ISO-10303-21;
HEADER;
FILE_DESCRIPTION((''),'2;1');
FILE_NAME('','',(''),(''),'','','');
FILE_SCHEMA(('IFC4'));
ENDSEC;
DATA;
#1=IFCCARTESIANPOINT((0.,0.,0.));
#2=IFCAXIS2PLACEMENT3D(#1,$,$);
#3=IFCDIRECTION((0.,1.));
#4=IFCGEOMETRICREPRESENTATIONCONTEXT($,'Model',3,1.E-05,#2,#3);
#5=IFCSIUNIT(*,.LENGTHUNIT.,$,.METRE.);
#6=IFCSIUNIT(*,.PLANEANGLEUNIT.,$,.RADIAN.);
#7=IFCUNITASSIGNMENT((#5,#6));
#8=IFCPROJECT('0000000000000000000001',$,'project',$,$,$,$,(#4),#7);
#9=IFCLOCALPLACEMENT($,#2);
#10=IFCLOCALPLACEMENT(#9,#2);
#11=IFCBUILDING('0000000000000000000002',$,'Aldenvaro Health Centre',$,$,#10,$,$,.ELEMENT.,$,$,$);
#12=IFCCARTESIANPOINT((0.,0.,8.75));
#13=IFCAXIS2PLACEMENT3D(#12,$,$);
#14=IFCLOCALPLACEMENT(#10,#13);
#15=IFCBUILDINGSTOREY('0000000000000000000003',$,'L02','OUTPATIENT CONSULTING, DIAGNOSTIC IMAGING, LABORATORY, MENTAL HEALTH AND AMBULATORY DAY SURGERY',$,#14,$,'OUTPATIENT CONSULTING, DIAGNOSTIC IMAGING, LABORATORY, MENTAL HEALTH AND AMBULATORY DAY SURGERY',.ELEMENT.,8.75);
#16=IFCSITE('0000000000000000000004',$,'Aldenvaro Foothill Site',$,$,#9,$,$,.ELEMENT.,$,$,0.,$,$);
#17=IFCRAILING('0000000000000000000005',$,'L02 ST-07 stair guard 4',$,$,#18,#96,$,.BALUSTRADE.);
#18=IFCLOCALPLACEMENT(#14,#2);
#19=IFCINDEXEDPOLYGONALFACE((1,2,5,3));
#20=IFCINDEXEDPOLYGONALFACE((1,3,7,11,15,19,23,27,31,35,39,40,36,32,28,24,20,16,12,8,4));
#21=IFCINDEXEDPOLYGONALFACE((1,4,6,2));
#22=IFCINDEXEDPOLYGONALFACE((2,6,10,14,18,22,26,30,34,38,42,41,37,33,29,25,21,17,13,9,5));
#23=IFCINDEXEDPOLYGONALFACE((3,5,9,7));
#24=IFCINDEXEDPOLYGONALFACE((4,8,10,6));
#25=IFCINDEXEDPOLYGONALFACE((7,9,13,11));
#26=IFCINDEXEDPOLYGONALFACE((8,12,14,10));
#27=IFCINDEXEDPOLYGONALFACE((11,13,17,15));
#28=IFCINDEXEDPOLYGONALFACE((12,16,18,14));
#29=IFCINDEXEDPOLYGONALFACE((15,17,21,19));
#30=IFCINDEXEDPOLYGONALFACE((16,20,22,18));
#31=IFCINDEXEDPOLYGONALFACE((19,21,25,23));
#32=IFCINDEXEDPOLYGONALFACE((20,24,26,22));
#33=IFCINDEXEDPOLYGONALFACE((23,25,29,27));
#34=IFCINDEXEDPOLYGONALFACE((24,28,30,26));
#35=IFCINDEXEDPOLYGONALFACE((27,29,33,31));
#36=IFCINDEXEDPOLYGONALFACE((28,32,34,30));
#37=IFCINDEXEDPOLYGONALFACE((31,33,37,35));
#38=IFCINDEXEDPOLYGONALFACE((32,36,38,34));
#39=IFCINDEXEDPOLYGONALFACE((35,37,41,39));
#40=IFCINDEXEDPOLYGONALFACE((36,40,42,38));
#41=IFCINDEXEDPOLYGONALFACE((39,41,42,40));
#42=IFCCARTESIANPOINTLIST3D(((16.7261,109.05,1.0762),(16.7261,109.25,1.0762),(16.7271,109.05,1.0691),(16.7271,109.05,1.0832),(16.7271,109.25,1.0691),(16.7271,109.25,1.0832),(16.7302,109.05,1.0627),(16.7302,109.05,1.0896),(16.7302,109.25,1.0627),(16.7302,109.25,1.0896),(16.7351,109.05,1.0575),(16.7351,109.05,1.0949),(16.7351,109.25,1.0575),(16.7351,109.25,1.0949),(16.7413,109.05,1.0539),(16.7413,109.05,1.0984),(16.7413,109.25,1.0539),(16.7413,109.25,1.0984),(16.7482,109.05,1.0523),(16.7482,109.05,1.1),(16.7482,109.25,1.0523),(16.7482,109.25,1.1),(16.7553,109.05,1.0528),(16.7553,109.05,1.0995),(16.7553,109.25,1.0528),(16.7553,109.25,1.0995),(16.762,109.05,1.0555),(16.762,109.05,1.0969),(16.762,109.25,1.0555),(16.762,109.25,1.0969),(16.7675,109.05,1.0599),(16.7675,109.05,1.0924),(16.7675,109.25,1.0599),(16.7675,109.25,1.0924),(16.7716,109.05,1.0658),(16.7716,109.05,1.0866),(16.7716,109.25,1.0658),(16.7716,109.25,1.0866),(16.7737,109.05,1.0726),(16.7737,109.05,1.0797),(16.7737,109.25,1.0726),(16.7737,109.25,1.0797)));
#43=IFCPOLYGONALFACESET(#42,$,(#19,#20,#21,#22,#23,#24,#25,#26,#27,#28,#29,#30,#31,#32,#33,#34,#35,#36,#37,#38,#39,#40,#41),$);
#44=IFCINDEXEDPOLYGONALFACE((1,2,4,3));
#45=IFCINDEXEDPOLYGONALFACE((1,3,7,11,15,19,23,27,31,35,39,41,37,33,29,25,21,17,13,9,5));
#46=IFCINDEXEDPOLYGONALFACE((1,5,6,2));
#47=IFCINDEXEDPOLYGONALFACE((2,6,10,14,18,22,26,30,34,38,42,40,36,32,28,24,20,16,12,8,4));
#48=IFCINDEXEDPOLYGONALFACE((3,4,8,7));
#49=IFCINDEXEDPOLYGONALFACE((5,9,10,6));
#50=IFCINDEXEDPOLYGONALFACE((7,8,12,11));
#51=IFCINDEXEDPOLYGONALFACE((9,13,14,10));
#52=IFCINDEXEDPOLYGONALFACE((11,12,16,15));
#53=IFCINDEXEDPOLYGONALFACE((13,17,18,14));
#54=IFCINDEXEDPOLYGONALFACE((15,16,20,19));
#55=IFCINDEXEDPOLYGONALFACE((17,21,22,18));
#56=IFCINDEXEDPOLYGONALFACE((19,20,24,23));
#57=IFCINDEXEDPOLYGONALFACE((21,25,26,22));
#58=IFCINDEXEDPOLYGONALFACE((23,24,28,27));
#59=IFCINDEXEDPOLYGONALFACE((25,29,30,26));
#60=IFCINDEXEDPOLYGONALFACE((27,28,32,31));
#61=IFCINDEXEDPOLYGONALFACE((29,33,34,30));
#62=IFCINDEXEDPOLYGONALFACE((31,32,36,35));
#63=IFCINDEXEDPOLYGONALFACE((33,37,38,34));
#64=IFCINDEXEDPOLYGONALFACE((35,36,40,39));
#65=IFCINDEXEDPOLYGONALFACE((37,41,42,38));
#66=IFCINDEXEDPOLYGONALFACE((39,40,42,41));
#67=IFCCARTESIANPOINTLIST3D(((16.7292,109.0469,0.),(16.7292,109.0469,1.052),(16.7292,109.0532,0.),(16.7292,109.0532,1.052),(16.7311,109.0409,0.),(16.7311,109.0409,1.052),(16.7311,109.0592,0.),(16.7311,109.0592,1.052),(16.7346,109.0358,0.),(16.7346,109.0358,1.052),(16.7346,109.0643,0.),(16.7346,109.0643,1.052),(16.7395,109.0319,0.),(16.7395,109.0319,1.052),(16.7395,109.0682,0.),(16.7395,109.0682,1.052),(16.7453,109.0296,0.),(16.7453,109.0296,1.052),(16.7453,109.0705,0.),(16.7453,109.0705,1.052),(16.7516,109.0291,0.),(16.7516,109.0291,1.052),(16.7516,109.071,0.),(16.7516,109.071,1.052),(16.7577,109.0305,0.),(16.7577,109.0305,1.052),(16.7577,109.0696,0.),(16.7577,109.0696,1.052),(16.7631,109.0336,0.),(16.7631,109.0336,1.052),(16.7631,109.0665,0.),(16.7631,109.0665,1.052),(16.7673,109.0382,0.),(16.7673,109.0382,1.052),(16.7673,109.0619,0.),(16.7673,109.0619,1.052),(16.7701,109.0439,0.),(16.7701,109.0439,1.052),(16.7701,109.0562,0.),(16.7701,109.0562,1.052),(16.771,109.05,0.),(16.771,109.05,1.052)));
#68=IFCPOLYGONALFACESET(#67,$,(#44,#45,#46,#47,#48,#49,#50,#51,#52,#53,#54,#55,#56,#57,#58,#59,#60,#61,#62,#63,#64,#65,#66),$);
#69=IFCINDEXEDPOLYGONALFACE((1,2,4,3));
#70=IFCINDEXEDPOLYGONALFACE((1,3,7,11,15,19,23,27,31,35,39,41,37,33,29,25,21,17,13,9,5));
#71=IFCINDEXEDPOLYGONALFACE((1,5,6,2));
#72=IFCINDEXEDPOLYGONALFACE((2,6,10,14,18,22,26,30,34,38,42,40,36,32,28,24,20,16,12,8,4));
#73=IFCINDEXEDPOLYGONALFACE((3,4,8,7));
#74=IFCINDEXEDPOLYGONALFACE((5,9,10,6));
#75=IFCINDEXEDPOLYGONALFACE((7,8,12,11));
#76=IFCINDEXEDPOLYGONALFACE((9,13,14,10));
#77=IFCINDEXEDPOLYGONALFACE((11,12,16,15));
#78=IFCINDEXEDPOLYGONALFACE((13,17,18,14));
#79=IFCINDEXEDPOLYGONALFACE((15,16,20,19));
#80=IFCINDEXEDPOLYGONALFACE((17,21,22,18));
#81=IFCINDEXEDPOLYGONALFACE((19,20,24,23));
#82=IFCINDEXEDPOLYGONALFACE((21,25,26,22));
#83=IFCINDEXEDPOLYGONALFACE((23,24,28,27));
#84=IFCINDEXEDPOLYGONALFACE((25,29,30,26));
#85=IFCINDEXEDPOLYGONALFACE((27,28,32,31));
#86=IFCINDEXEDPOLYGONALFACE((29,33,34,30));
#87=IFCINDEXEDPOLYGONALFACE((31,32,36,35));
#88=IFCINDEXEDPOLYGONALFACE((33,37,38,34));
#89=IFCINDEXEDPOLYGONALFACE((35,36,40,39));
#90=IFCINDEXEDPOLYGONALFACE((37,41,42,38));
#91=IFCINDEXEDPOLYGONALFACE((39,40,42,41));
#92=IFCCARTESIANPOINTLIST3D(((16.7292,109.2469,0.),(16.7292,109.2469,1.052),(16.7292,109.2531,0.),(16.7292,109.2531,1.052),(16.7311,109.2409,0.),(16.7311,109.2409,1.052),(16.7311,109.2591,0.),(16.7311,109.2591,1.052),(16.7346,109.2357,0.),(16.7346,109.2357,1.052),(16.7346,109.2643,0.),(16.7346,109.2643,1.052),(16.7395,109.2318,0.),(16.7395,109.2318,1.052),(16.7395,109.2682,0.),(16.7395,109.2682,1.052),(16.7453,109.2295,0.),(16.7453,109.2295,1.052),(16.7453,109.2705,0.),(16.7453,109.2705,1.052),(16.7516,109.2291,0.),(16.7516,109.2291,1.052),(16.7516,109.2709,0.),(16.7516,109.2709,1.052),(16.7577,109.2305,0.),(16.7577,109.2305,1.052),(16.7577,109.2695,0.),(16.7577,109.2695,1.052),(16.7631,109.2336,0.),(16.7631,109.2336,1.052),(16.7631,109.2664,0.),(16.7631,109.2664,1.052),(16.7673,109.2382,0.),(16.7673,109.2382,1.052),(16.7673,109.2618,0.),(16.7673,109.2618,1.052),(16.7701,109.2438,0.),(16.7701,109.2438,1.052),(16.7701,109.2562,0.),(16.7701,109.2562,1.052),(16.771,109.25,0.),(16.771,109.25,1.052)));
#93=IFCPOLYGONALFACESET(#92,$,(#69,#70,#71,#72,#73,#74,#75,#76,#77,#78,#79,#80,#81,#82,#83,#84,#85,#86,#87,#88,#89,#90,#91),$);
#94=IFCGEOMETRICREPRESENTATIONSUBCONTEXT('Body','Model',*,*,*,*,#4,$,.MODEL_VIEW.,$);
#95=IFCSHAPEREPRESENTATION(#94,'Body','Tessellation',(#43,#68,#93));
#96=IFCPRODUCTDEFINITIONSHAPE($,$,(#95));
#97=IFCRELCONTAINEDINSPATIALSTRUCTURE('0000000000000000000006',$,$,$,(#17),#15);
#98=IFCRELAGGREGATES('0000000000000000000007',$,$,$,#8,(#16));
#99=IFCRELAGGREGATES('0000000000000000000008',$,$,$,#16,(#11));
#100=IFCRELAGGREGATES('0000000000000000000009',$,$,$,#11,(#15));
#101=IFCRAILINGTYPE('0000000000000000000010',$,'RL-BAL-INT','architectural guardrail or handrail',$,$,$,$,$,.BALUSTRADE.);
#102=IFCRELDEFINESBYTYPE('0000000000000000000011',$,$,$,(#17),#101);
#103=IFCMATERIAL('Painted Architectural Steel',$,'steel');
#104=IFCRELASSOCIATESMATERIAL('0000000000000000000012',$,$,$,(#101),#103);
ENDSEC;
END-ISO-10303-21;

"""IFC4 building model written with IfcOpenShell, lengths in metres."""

from ifc_helpers import new_model, si_unit, direction, frame, origin, origin_2d, place, context, subcontext, project, spatial, circle, extrude, material, type_object, element, save


model = new_model("IFC4")

# Units and contexts
model_context = context("Model", 3, precision=1e-05, world=origin(), true_north=direction((0.0, 1.0)))
body_context = subcontext(model_context, "Body", "Model", "MODEL_VIEW")
ifc_project = project(units=[si_unit("LENGTHUNIT", "METRE"), si_unit("PLANEANGLEUNIT", "RADIAN")], contexts=[model_context])

# Site, building, storey
site_placement = place(None, origin())
site = spatial("IfcSite", under=ifc_project, at=site_placement, Name="Aldenvaro Foothill Site", CompositionType="ELEMENT", RefElevation=0.0)
building_placement = place(site_placement, origin())
building = spatial("IfcBuilding", under=site, at=building_placement, Name="Aldenvaro Health Centre", CompositionType="ELEMENT")
storey_placement = place(building_placement, frame((0.0, 0.0, 8.75)))
storey = spatial("IfcBuildingStorey", under=building, at=storey_placement, Name="L02", Description="OUTPATIENT CONSULTING, DIAGNOSTIC IMAGING, LABORATORY, MENTAL HEALTH AND AMBULATORY DAY SURGERY", LongName="OUTPATIENT CONSULTING, DIAGNOSTIC IMAGING, LABORATORY, MENTAL HEALTH AND AMBULATORY DAY SURGERY", CompositionType="ELEMENT", Elevation=8.75)

# Railing
ifc_material_1 = material(Name="Painted Architectural Steel", Category="steel")
railing_type_1 = type_object("IfcRailingType", Name="RL-BAL-INT", Description="architectural guardrail or handrail", PredefinedType="BALUSTRADE", material=ifc_material_1)
railing_1_placement = place(storey_placement, frame((16.75, 109.05, 0.0)))
element("IfcRailing", 1, at=railing_1_placement, inside=storey, type_object=railing_type_1, Name="L02 ST-07 stair guard 4", PredefinedType="BALUSTRADE", context=body_context, shape_type="SweptSolid", body=[
    extrude(circle(Radius=0.0239, at=origin_2d()), frame((0.0, 0.0, 1.0762), z_axis=(0.0, 1.0, 0.0), x_axis=(-1.0, 0.0, 0.0)), (0.0, 0.0, 1.0), 0.2),
    extrude(circle(Radius=0.021, at=origin_2d()), origin(), (0.0, 0.0, 1.0), 1.052),
    extrude(circle(Radius=0.021, at=origin_2d()), frame((0.0, 0.2, 0.0)), (0.0, 0.0, 1.0), 1.052),
])

save(model, "model.ifc")
